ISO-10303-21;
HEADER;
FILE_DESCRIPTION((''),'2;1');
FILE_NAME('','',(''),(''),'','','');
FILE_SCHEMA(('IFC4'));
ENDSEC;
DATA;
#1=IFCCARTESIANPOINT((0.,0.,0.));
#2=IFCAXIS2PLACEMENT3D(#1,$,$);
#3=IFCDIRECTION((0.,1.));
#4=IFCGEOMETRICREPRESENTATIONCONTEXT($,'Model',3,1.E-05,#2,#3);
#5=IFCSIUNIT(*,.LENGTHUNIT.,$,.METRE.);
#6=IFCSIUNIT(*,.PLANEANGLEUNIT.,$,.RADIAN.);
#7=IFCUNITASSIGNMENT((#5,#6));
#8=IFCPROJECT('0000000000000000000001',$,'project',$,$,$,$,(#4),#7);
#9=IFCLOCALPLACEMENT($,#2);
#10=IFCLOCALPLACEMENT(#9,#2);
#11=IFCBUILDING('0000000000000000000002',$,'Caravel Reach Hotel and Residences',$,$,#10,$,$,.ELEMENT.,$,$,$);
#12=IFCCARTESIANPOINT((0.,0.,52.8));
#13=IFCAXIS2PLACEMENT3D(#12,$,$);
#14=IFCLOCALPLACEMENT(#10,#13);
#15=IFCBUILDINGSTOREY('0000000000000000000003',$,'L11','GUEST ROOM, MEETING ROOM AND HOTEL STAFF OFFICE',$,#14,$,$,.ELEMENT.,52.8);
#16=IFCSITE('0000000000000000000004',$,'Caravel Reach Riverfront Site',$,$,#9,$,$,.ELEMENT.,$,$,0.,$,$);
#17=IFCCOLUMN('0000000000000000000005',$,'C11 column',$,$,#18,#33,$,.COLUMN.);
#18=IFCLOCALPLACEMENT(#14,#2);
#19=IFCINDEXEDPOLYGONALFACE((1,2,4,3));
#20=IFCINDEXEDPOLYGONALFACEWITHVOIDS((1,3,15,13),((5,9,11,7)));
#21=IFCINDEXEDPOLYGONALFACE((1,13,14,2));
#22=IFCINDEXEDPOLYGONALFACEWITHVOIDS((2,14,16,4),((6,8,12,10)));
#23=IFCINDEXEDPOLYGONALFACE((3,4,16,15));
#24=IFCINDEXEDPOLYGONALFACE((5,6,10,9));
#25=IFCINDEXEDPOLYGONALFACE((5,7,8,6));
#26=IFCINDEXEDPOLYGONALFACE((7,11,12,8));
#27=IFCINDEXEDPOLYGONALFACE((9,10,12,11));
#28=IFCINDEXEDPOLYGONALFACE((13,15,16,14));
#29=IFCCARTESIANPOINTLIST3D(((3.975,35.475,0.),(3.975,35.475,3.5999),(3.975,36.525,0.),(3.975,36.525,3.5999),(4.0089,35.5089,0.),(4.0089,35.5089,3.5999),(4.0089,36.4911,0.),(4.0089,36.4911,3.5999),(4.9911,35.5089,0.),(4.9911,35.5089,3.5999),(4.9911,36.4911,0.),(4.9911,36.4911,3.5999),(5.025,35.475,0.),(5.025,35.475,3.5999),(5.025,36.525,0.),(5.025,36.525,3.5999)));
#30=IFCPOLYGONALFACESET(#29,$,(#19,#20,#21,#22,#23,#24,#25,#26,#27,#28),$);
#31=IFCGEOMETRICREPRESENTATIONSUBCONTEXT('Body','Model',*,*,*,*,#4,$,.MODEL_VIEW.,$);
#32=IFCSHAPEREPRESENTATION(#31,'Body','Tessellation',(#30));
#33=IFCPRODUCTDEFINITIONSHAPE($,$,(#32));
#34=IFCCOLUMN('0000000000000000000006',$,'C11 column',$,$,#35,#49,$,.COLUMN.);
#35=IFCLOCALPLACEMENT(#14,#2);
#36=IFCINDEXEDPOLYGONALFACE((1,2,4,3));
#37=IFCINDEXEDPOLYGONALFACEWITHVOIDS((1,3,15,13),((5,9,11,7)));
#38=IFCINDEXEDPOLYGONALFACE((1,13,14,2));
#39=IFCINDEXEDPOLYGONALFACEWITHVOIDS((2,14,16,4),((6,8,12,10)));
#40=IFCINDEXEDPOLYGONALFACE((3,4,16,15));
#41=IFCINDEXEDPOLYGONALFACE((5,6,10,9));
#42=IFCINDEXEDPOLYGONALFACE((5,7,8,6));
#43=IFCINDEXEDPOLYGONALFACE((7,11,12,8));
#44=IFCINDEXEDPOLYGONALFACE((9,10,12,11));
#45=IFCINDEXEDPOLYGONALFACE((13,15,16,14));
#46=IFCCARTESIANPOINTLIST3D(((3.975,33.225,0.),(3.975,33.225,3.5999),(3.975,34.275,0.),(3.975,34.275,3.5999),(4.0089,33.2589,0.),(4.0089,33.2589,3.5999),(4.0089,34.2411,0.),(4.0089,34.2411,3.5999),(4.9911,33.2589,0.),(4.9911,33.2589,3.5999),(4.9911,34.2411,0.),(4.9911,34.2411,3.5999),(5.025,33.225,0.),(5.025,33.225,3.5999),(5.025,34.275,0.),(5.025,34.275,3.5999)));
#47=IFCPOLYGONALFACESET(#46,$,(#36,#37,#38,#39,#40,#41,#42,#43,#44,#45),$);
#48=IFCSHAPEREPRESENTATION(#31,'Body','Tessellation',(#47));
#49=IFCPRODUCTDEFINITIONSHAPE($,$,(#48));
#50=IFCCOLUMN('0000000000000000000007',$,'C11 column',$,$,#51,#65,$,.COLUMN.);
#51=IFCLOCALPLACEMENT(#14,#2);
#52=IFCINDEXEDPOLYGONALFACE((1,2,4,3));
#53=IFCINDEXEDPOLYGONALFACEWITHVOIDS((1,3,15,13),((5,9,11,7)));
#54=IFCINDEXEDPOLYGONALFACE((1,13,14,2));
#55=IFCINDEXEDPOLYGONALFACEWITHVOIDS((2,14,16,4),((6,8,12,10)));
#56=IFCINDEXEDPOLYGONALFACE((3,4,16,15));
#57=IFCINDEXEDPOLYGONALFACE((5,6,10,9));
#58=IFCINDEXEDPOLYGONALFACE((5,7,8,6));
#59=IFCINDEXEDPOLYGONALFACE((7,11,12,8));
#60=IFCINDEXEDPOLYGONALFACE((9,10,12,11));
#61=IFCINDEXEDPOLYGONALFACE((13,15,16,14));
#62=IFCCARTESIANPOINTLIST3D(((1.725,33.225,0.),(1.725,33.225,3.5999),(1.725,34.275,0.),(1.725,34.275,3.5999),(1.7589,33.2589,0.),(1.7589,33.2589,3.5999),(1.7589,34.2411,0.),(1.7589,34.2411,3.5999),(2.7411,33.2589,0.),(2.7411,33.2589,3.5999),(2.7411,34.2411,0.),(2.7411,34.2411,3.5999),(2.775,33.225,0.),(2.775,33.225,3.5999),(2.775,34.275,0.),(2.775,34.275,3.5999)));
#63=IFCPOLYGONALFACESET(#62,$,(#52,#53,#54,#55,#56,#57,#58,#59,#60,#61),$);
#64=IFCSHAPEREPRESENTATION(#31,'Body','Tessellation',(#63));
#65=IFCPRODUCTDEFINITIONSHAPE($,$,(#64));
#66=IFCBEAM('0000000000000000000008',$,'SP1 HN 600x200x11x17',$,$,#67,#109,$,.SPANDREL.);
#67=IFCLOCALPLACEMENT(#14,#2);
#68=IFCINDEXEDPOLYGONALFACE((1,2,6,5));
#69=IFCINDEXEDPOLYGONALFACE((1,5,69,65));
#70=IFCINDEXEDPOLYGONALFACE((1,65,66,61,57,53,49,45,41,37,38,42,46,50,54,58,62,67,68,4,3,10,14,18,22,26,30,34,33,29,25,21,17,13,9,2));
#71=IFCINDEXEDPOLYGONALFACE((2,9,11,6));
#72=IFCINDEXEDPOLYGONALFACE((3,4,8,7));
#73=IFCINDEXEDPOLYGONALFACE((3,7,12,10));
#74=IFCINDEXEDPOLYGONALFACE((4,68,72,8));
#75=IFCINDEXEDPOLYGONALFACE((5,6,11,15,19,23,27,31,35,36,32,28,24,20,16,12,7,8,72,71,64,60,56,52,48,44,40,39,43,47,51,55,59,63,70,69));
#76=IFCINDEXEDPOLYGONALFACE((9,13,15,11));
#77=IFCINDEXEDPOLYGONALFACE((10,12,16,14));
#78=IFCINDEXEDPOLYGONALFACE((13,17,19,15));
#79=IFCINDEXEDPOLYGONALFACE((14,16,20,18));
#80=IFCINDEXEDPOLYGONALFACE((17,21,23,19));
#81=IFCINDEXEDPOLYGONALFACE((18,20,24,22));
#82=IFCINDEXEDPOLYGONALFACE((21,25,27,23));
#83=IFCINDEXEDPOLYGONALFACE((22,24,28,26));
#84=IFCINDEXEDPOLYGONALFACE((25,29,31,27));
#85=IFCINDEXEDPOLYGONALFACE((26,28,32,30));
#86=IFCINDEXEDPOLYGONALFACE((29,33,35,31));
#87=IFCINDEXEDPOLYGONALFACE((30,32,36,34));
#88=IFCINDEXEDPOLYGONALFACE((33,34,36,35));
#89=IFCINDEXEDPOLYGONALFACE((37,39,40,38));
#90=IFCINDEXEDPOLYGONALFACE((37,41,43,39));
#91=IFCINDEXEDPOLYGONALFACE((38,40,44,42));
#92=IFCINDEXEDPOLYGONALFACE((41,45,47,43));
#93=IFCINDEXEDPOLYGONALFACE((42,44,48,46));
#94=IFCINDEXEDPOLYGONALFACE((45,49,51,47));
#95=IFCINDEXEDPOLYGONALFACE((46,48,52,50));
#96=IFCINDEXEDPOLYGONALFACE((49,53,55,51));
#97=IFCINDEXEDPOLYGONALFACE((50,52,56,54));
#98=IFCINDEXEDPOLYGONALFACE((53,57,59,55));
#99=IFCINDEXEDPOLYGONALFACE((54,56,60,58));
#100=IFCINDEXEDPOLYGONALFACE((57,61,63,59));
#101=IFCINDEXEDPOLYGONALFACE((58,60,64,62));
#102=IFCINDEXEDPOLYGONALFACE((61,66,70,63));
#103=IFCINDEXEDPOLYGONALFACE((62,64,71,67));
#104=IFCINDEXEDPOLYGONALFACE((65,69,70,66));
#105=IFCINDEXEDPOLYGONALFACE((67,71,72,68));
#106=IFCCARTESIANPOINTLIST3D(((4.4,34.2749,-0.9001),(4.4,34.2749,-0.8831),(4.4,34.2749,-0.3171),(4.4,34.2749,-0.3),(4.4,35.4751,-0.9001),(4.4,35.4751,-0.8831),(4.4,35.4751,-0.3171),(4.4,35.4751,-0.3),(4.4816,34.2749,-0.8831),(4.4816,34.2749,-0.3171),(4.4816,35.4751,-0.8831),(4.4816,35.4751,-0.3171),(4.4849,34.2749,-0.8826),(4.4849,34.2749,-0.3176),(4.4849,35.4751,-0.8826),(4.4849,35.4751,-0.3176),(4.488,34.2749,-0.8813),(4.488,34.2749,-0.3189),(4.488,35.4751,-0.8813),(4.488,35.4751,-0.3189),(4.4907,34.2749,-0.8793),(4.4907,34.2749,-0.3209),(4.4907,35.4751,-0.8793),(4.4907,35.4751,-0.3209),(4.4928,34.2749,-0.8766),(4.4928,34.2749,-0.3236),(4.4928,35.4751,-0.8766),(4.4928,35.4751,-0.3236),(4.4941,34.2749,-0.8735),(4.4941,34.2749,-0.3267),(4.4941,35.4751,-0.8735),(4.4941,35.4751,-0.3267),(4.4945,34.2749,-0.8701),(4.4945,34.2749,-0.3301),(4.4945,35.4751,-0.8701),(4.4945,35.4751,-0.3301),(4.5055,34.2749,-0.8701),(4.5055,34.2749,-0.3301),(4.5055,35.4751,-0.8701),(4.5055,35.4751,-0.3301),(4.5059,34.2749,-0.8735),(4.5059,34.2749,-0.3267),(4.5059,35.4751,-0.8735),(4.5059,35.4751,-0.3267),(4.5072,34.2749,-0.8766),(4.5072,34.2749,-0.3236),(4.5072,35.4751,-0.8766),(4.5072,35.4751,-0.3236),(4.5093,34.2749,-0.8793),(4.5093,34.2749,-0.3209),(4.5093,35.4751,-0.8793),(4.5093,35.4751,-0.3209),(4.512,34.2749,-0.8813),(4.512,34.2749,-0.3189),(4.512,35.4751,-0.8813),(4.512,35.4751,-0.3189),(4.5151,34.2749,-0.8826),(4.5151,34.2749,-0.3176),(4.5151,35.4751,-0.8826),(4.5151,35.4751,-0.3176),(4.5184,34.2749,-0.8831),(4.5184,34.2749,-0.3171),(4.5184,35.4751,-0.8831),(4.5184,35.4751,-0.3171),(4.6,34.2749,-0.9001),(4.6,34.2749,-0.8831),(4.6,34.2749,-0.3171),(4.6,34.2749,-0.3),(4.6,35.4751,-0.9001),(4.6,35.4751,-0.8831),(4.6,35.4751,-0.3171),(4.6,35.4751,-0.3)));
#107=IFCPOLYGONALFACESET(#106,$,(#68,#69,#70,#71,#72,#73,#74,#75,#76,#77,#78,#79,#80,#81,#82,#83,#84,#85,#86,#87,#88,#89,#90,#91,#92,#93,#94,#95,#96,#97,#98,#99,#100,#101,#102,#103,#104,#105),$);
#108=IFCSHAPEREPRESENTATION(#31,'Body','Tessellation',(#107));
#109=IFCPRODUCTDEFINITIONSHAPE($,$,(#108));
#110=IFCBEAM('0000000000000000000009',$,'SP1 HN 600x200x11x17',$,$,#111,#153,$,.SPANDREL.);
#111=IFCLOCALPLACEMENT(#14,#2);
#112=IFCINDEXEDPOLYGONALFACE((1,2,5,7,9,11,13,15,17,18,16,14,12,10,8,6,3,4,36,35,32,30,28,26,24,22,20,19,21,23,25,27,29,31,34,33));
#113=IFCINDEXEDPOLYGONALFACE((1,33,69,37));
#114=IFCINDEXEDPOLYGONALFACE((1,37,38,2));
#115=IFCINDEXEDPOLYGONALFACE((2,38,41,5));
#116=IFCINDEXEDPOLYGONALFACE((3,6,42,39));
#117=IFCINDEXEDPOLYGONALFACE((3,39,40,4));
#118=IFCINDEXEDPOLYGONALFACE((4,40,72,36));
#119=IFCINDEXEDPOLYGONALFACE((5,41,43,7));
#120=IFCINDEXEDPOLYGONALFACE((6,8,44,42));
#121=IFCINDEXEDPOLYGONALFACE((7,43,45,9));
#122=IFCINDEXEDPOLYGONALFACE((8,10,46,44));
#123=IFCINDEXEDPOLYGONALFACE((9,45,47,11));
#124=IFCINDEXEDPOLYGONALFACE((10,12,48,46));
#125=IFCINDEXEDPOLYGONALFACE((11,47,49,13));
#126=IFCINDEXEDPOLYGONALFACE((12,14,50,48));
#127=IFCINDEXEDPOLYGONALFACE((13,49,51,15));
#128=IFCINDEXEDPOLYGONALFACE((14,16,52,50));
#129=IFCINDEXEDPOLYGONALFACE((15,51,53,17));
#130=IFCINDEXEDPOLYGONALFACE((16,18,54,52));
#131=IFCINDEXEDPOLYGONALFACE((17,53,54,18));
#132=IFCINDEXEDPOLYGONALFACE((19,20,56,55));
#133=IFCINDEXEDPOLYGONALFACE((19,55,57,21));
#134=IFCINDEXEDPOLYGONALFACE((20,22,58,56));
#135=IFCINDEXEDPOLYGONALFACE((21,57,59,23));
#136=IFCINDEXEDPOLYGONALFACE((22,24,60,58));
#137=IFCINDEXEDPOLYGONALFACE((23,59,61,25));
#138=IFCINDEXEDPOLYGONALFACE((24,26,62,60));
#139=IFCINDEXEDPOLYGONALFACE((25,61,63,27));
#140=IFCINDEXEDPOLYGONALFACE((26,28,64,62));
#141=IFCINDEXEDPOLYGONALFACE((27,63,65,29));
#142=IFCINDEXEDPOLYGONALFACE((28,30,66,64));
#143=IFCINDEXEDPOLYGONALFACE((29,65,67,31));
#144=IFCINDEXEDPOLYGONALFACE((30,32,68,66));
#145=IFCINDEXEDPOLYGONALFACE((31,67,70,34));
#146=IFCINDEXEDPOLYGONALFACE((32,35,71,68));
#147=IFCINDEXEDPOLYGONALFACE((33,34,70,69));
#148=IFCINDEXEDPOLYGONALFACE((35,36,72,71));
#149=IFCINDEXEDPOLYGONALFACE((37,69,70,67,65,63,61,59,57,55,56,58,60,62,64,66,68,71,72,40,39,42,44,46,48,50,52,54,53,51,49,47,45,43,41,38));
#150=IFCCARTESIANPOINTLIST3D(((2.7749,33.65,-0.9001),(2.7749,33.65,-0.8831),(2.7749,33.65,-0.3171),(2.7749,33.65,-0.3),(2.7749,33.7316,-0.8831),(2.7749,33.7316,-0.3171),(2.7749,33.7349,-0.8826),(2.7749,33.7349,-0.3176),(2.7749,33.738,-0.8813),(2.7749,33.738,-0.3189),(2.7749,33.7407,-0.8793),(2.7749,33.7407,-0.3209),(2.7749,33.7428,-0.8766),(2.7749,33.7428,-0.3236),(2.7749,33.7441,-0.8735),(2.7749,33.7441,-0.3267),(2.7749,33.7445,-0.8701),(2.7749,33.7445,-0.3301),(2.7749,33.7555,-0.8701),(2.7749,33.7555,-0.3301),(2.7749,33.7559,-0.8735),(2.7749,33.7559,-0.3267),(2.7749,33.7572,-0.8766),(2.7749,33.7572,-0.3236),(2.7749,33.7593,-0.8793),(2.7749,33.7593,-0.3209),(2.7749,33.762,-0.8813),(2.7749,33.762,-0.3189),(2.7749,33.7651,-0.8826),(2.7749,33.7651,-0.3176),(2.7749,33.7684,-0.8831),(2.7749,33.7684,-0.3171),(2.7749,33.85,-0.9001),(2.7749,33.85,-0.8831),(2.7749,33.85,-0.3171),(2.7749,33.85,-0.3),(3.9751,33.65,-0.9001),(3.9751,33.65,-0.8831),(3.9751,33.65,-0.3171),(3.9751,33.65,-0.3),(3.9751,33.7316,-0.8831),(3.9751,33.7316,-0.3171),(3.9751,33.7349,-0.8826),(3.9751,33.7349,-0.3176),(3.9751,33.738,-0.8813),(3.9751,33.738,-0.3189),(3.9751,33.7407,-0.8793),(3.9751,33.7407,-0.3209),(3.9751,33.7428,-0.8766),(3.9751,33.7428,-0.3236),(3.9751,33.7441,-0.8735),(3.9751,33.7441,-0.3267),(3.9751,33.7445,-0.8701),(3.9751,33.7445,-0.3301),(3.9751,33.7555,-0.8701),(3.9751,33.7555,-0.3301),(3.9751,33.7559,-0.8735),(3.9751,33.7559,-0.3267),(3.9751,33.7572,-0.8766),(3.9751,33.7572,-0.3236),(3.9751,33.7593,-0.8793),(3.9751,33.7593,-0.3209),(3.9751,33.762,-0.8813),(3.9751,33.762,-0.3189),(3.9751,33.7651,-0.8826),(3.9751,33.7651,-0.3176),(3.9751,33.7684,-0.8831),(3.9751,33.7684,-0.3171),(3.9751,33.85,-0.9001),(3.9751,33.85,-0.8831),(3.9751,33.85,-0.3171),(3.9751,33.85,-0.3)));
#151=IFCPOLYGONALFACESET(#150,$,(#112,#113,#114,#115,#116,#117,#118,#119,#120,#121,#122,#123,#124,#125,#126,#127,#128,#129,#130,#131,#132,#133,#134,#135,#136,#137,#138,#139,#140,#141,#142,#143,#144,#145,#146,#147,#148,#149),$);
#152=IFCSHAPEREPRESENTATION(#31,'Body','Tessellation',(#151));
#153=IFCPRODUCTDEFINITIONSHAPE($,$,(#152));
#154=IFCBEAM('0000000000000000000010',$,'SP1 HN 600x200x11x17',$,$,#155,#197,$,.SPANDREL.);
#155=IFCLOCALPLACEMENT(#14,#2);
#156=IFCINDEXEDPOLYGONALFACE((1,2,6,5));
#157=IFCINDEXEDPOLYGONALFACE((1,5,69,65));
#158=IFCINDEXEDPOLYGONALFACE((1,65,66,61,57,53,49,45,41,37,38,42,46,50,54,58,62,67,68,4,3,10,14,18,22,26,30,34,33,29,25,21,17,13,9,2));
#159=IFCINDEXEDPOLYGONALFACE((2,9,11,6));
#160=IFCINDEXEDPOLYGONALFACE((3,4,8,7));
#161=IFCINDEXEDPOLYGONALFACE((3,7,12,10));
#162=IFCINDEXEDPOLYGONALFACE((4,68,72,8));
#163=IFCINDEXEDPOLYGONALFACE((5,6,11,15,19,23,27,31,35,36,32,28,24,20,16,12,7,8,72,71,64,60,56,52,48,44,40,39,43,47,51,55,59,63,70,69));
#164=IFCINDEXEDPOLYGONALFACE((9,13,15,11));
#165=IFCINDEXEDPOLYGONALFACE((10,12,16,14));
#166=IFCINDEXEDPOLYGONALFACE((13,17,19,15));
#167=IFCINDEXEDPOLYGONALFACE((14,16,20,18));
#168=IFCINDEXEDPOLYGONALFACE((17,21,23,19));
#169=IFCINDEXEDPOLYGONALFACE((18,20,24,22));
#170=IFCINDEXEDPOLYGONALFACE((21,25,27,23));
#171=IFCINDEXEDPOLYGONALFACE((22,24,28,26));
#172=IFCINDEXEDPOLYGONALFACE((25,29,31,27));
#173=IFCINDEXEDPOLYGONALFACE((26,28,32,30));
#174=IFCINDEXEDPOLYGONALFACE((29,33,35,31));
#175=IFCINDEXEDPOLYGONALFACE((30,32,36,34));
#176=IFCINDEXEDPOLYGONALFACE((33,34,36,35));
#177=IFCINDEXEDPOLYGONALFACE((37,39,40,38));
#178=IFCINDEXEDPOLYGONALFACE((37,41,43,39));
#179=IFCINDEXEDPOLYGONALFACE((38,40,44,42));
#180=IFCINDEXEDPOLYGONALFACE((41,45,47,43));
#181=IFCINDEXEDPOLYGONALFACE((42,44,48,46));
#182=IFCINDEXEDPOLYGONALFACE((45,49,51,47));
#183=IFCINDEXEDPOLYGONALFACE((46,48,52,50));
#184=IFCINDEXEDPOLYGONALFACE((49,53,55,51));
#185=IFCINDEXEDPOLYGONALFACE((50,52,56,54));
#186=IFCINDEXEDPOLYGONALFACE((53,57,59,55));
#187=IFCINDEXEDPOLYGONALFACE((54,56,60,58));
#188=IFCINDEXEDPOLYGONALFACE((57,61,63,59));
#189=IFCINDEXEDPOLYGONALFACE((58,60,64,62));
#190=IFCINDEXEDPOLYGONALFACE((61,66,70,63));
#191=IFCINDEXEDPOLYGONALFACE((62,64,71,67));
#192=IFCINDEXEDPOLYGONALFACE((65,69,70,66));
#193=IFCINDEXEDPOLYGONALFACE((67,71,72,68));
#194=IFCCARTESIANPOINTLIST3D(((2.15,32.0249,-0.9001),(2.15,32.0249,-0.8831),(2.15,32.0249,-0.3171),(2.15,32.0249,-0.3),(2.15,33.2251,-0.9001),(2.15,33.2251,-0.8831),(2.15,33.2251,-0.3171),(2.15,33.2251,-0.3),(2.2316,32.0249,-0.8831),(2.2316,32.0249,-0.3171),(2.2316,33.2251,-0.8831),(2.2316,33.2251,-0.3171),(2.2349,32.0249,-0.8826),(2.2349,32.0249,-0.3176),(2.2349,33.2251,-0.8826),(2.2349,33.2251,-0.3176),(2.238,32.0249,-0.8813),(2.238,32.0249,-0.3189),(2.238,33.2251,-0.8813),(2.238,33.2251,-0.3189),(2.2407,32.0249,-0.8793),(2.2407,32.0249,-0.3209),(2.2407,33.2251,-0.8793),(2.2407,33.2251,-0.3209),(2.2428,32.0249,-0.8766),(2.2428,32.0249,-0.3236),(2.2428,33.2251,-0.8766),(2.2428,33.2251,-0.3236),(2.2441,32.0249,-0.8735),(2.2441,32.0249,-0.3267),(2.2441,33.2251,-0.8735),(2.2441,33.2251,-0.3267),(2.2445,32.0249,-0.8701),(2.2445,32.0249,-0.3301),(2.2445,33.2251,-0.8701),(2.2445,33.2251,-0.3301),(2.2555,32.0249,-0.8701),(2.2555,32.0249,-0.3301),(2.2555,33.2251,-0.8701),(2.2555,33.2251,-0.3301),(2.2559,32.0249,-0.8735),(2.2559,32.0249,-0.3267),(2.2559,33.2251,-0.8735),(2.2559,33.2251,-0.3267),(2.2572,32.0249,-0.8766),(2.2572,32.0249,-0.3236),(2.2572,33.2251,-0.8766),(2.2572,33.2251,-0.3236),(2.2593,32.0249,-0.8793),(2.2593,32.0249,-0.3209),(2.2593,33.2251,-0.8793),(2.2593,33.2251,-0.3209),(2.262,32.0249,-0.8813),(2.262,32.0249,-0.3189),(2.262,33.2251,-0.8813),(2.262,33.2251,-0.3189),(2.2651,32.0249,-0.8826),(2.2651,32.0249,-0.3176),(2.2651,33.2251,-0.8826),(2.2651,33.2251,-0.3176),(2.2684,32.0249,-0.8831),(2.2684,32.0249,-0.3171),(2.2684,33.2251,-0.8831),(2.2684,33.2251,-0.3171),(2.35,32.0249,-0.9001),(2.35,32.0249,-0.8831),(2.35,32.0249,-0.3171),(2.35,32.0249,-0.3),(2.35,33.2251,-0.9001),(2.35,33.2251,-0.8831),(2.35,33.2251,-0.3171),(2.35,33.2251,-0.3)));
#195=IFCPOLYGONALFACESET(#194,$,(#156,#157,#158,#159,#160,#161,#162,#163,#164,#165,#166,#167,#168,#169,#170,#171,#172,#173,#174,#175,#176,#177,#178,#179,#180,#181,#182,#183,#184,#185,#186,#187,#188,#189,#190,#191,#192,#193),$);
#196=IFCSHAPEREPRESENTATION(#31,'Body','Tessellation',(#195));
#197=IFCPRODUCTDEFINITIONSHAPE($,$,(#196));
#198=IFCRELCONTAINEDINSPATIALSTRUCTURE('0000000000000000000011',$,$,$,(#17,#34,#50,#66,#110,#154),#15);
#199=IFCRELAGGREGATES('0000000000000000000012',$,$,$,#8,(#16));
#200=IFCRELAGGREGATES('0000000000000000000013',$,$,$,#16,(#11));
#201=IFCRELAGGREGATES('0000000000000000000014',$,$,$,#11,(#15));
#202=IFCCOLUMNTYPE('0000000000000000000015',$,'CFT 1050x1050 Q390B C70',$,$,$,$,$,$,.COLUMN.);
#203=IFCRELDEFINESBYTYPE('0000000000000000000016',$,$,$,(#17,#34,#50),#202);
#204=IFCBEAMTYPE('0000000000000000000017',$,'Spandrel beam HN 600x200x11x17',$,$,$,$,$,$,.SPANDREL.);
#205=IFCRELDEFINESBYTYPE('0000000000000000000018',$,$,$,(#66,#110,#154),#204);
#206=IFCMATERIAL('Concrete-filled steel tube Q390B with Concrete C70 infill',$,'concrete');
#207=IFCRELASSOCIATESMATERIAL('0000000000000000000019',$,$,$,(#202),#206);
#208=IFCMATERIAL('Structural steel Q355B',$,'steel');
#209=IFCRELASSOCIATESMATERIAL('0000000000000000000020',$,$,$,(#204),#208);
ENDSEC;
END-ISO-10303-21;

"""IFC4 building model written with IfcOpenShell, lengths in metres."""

from ifc_helpers import new_model, si_unit, direction, frame, origin, origin_2d, place, context, subcontext, project, spatial, hollow_rectangle, i_section, extrude, material, material_profile, profile_set, type_object, element, save


model = new_model("IFC4")

# Units and contexts
model_context = context("Model", 3, precision=1e-05, world=origin(), true_north=direction((0.0, 1.0)))
body_context = subcontext(model_context, "Body", "Model", "MODEL_VIEW")
ifc_project = project(units=[si_unit("LENGTHUNIT", "METRE"), si_unit("PLANEANGLEUNIT", "RADIAN")], contexts=[model_context])

# Site, building, storey
site_placement = place(None, origin())
site = spatial("IfcSite", under=ifc_project, at=site_placement, Name="Caravel Reach Riverfront Site", CompositionType="ELEMENT", RefElevation=0.0)
building_placement = place(site_placement, origin())
building = spatial("IfcBuilding", under=site, at=building_placement, Name="Caravel Reach Hotel and Residences", CompositionType="ELEMENT")
storey_placement = place(building_placement, frame((0.0, 0.0, 52.8)))
storey = spatial("IfcBuildingStorey", under=building, at=storey_placement, Name="L11", Description="GUEST ROOM, MEETING ROOM AND HOTEL STAFF OFFICE", CompositionType="ELEMENT", Elevation=52.8)

# Columns
ifc_material_1 = material(Name="Concrete-filled steel tube Q390B with Concrete C70 infill", Category="concrete")
ifc_material_profile_1 = material_profile(ifc_material_1, hollow_rectangle(XDim=1.05, YDim=1.05, WallThickness=0.0339, at=origin_2d()), Name="RHS 1050x1050x34")
ifc_profile_set_1 = profile_set([ifc_material_profile_1], Name="Concrete-filled steel tube Q390B with Concrete C70 infill")
column_type = type_object("IfcColumnType", Name="CFT 1050x1050 Q390B C70", PredefinedType="COLUMN", material=ifc_profile_set_1)
for number, where, z_axis, x_axis, name in (
    (1, (4.5, 36.0, 0.0), (0.0, 0.0, 1.0), (1.0, 0.0, 0.0), "C11 column"),
    (2, (4.5, 33.75, 0.0), (0.0, 0.0, 1.0), (1.0, 0.0, 0.0), "C11 column"),
    (3, (2.25, 33.75, 0.0), (0.0, 0.0, 1.0), (1.0, 0.0, 0.0), "C11 column"),
):
    element("IfcColumn", number, at=place(storey_placement, frame(where, z_axis=z_axis, x_axis=x_axis)), inside=storey, type_object=column_type, Name=name, PredefinedType="COLUMN", context=body_context, shape_type="SweptSolid", body=[
        extrude(hollow_rectangle(XDim=1.05, YDim=1.05, WallThickness=0.0339, at=origin_2d()), origin(), (0.0, 0.0, 1.0), 3.5999),
    ])

# Beams
ifc_material_2 = material(Name="Structural steel Q355B", Category="steel")
ifc_material_profile_2 = material_profile(ifc_material_2, i_section(OverallWidth=0.2, OverallDepth=0.6001, WebThickness=0.011, FlangeThickness=0.0171, FilletRadius=0.0129, at=origin_2d()), Name="HN 600x200x11x17")
ifc_profile_set_2 = profile_set([ifc_material_profile_2], Name="Structural steel Q355B")
beam_type = type_object("IfcBeamType", Name="Spandrel beam HN 600x200x11x17", PredefinedType="SPANDREL", material=ifc_profile_set_2)
for number, where, z_axis, x_axis, name in (
    (4, (4.5, 35.4751, -0.6001), (0.0, -1.0, 0.0), (1.0, 0.0, 0.0), "SP1 HN 600x200x11x17"),
    (5, (3.9751, 33.75, -0.6001), (-1.0, 0.0, 0.0), (0.0, -1.0, 0.0), "SP1 HN 600x200x11x17"),
    (6, (2.25, 33.2251, -0.6001), (0.0, -1.0, 0.0), (1.0, 0.0, 0.0), "SP1 HN 600x200x11x17"),
):
    element("IfcBeam", number, at=place(storey_placement, frame(where, z_axis=z_axis, x_axis=x_axis)), inside=storey, type_object=beam_type, Name=name, PredefinedType="SPANDREL", context=body_context, shape_type="SweptSolid", body=[
        extrude(i_section(OverallWidth=0.2, OverallDepth=0.6001, WebThickness=0.011, FlangeThickness=0.0171, FilletRadius=0.0129, at=origin_2d()), origin(), (0.0, 0.0, 1.0), 1.2002),
    ])

save(model, "model.ifc")
